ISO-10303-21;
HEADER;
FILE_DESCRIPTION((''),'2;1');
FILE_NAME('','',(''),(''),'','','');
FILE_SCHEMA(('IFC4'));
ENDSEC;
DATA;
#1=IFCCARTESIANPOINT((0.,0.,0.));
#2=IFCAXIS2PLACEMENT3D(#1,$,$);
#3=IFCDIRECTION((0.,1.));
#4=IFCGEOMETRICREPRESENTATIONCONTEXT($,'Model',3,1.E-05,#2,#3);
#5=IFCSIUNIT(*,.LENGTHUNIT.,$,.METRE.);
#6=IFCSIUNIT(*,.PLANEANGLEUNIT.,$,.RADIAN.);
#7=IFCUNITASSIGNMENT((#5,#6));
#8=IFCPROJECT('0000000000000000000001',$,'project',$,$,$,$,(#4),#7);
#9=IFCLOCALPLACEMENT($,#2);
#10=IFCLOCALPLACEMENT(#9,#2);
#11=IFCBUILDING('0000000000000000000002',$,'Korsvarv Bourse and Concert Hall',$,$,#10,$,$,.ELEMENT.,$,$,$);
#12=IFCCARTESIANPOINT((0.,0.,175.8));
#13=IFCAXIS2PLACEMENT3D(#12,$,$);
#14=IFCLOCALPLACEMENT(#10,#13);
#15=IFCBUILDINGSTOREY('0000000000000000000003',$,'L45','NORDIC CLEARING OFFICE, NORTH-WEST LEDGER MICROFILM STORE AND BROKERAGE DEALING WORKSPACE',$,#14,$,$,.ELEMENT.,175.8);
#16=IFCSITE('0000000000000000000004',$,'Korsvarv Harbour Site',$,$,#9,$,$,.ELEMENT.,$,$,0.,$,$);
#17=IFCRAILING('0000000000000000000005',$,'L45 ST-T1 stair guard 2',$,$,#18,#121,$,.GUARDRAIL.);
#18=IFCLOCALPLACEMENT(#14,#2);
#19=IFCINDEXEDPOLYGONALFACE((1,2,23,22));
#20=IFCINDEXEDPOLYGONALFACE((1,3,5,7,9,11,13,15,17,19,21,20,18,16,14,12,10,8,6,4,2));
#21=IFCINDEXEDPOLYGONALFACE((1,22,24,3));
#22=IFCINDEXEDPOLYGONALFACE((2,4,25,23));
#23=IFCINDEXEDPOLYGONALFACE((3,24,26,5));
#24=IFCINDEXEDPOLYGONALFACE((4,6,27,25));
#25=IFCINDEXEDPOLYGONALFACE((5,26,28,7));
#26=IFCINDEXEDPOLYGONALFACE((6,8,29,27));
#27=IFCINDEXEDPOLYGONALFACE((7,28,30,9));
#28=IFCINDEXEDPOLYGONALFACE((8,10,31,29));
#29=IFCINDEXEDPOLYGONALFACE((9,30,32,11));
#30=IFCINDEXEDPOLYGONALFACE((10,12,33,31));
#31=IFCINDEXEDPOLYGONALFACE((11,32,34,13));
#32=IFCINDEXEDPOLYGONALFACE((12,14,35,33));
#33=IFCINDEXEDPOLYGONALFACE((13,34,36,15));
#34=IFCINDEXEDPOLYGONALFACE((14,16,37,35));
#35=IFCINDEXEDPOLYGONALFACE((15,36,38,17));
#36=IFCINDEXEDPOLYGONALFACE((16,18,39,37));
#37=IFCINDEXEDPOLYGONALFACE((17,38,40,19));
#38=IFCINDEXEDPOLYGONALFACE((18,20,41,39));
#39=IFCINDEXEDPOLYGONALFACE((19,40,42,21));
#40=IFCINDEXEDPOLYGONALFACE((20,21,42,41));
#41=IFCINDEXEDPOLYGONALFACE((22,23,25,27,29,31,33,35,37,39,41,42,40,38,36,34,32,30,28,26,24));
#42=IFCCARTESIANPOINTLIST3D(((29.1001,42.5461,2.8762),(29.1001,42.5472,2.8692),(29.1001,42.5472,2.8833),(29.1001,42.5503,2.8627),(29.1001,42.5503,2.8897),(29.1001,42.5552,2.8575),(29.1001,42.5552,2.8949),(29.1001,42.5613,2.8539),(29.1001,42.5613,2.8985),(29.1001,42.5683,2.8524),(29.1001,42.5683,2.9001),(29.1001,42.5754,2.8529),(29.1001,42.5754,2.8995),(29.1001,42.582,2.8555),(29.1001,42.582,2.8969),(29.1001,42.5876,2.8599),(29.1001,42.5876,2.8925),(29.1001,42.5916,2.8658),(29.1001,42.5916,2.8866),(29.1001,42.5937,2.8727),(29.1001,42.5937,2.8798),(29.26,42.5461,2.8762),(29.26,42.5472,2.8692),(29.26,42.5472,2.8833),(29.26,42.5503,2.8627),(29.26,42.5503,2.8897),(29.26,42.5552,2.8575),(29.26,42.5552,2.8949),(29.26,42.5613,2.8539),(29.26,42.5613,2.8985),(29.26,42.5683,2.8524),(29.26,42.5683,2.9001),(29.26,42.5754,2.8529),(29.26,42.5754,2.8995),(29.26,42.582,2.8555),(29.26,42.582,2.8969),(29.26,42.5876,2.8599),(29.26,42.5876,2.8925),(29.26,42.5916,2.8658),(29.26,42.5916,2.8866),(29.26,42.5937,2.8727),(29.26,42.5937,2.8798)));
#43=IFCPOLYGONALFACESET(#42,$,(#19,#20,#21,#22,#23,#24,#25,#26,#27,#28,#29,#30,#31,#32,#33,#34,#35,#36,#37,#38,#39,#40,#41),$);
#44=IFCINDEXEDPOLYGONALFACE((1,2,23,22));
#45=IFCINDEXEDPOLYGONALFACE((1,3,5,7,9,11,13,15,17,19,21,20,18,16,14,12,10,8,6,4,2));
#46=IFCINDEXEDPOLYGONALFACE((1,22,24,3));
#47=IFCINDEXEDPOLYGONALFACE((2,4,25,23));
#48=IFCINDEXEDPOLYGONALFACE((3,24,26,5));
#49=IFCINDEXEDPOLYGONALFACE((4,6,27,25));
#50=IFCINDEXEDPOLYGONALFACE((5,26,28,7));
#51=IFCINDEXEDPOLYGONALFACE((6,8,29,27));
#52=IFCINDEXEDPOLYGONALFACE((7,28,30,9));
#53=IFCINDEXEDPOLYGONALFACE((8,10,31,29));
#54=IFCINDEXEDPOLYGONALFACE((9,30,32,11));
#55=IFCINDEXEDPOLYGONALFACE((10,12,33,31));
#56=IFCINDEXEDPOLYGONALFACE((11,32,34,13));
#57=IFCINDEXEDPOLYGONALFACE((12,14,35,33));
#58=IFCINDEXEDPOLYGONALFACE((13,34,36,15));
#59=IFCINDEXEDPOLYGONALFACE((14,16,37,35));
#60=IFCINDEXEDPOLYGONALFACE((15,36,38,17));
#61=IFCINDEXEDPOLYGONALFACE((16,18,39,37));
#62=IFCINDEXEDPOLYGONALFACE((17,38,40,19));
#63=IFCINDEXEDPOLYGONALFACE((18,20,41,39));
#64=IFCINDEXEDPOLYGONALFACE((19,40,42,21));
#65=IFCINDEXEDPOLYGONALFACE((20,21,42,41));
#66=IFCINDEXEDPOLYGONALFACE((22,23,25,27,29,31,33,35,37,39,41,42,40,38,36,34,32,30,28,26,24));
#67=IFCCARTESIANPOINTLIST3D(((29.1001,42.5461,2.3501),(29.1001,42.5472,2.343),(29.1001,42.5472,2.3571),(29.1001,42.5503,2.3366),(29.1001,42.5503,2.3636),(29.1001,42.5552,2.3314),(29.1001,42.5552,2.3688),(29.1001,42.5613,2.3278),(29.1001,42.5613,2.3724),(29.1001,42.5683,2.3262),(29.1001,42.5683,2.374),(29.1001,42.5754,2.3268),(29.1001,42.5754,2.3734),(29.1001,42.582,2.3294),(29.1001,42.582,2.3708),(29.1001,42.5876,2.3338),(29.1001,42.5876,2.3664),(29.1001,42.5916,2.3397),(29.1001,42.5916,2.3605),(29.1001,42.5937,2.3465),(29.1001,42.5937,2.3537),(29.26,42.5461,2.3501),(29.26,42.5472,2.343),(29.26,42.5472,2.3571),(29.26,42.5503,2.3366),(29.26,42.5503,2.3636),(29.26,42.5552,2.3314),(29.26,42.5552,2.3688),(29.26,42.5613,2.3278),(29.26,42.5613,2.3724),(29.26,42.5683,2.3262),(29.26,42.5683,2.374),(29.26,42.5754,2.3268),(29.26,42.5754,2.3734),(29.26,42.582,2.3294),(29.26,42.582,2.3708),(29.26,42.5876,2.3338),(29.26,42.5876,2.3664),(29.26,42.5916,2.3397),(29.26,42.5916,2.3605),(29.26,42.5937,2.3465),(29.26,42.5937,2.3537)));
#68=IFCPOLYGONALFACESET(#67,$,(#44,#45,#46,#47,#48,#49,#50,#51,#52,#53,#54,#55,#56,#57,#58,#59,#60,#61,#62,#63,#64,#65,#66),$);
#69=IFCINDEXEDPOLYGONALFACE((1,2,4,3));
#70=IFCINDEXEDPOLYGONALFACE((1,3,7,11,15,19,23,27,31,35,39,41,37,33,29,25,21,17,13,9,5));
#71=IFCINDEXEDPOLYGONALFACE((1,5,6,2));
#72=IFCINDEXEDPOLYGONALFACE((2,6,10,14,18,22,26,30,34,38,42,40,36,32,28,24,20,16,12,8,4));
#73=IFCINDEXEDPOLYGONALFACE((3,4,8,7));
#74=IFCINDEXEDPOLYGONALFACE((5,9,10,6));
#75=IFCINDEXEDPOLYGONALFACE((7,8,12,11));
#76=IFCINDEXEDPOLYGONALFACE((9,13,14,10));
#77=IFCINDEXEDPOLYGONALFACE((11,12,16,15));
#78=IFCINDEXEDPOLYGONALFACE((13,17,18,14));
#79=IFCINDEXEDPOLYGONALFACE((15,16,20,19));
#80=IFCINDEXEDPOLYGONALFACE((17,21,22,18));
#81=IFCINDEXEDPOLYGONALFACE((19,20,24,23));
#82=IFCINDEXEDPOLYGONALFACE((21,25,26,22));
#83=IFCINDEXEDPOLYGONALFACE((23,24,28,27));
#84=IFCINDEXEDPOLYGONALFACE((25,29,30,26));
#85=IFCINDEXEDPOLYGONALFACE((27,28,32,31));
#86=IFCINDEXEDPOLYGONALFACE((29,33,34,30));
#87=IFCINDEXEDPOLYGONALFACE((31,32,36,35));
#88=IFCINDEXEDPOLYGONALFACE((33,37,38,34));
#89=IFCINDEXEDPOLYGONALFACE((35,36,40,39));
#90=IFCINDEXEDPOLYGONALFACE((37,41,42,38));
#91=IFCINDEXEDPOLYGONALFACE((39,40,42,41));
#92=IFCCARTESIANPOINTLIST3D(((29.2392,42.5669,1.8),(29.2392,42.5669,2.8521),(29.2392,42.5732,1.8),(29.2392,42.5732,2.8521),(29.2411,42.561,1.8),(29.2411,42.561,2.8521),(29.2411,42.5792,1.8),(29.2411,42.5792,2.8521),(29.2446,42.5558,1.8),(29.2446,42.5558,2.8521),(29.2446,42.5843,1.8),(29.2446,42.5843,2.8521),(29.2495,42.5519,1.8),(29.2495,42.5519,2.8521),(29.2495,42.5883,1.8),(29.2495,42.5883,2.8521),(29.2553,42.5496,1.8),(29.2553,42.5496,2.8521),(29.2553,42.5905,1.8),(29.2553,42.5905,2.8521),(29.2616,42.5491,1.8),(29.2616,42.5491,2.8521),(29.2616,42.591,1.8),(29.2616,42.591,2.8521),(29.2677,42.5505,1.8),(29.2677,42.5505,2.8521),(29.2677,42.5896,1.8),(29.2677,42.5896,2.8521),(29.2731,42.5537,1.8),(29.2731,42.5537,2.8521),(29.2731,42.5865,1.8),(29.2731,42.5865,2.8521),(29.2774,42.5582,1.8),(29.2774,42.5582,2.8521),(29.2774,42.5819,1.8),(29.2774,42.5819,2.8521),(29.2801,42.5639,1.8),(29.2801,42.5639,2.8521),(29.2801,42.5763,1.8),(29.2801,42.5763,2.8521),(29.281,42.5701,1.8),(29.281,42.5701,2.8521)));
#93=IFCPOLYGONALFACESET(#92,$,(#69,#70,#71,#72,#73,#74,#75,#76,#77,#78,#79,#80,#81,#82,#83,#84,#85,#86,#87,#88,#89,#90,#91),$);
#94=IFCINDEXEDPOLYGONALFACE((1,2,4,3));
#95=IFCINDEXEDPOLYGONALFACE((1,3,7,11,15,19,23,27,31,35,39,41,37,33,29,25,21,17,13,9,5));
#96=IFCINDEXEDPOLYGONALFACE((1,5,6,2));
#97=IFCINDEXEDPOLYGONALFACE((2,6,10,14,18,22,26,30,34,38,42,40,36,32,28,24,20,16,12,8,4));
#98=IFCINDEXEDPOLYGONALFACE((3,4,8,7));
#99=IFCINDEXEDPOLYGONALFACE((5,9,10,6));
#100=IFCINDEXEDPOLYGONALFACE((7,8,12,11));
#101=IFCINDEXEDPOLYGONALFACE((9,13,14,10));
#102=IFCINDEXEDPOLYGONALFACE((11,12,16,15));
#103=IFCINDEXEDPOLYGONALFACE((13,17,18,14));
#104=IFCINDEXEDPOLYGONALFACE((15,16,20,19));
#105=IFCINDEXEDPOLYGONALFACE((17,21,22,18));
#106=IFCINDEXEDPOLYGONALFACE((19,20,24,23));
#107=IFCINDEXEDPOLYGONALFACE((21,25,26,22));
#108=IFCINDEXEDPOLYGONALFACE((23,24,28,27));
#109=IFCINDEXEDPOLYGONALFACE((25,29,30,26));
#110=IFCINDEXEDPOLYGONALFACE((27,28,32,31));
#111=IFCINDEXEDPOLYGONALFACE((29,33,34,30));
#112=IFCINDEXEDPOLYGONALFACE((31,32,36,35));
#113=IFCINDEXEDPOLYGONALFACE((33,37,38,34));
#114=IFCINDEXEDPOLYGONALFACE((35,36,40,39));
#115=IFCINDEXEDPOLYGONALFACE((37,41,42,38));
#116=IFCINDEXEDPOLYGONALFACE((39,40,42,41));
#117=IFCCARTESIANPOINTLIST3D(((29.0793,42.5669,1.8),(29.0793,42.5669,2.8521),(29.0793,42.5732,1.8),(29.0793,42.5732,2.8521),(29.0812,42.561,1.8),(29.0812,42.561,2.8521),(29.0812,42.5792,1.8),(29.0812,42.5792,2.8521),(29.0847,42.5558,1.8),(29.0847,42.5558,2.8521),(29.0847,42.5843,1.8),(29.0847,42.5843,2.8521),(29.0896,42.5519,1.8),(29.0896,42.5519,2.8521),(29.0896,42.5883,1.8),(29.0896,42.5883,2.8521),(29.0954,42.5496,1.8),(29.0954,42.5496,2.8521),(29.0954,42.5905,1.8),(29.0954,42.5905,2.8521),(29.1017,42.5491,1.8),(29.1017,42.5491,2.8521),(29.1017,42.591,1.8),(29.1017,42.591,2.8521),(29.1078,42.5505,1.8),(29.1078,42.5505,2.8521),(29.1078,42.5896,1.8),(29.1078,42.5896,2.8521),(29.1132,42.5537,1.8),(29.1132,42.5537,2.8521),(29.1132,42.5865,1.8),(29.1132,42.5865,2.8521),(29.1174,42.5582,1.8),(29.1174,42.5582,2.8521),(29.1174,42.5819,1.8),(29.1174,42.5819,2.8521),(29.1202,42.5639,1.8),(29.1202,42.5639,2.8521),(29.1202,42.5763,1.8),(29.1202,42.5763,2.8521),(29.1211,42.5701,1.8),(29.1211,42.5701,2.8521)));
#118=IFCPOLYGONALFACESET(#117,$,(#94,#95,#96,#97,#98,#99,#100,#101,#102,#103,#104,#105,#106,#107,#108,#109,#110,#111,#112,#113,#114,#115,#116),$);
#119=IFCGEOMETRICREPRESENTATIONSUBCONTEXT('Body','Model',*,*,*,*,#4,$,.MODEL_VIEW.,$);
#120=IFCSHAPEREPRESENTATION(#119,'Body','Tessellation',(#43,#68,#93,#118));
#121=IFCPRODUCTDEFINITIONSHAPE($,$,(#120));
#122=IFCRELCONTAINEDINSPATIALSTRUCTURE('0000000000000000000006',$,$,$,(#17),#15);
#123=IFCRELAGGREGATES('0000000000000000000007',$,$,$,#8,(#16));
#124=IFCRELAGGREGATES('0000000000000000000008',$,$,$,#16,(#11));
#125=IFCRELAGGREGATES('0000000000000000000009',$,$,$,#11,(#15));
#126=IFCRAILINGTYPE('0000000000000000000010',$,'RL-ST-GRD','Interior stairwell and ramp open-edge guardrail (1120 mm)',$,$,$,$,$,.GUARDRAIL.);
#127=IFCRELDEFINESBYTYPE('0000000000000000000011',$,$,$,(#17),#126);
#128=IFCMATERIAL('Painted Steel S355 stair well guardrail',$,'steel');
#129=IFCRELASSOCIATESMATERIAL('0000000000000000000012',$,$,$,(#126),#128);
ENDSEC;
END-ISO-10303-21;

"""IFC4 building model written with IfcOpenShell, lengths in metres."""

from ifc_helpers import new_model, si_unit, direction, frame, origin, origin_2d, place, context, subcontext, project, spatial, circle, extrude, material, type_object, element, save


model = new_model("IFC4")

# Units and contexts
model_context = context("Model", 3, precision=1e-05, world=origin(), true_north=direction((0.0, 1.0)))
body_context = subcontext(model_context, "Body", "Model", "MODEL_VIEW")
ifc_project = project(units=[si_unit("LENGTHUNIT", "METRE"), si_unit("PLANEANGLEUNIT", "RADIAN")], contexts=[model_context])

# Site, building, storey
site_placement = place(None, origin())
site = spatial("IfcSite", under=ifc_project, at=site_placement, Name="Korsvarv Harbour Site", CompositionType="ELEMENT", RefElevation=0.0)
building_placement = place(site_placement, origin())
building = spatial("IfcBuilding", under=site, at=building_placement, Name="Korsvarv Bourse and Concert Hall", CompositionType="ELEMENT")
storey_placement = place(building_placement, frame((0.0, 0.0, 175.8)))
storey = spatial("IfcBuildingStorey", under=building, at=storey_placement, Name="L45", Description="NORDIC CLEARING OFFICE, NORTH-WEST LEDGER MICROFILM STORE AND BROKERAGE DEALING WORKSPACE", CompositionType="ELEMENT", Elevation=175.8)

# Railing
ifc_material_1 = material(Name="Painted Steel S355 stair well guardrail", Category="steel")
railing_type_1 = type_object("IfcRailingType", Name="RL-ST-GRD", Description="Interior stairwell and ramp open-edge guardrail (1120 mm)", PredefinedType="GUARDRAIL", material=ifc_material_1)
railing_1_placement = place(storey_placement, frame((29.26, 42.5701, 1.8)))
element("IfcRailing", 1, at=railing_1_placement, inside=storey, type_object=railing_type_1, Name="L45 ST-T1 stair guard 2", PredefinedType="GUARDRAIL", context=body_context, shape_type="SweptSolid", body=[
    extrude(circle(Radius=0.0239, at=origin_2d()), frame((0.0, 0.0, 1.0762), z_axis=(-1.0, 0.0, 0.0), x_axis=(0.0, -1.0, 0.0)), (0.0, 0.0, 1.0), 0.1599),
    extrude(circle(Radius=0.0239, at=origin_2d()), frame((0.0, 0.0, 0.55), z_axis=(-1.0, 0.0, 0.0), x_axis=(0.0, -1.0, 0.0)), (0.0, 0.0, 1.0), 0.1599),
    extrude(circle(Radius=0.021, at=origin_2d()), origin(), (0.0, 0.0, 1.0), 1.052),
    extrude(circle(Radius=0.021, at=origin_2d()), frame((-0.1599, 0.0, 0.0)), (0.0, 0.0, 1.0), 1.052),
])

save(model, "model.ifc")
